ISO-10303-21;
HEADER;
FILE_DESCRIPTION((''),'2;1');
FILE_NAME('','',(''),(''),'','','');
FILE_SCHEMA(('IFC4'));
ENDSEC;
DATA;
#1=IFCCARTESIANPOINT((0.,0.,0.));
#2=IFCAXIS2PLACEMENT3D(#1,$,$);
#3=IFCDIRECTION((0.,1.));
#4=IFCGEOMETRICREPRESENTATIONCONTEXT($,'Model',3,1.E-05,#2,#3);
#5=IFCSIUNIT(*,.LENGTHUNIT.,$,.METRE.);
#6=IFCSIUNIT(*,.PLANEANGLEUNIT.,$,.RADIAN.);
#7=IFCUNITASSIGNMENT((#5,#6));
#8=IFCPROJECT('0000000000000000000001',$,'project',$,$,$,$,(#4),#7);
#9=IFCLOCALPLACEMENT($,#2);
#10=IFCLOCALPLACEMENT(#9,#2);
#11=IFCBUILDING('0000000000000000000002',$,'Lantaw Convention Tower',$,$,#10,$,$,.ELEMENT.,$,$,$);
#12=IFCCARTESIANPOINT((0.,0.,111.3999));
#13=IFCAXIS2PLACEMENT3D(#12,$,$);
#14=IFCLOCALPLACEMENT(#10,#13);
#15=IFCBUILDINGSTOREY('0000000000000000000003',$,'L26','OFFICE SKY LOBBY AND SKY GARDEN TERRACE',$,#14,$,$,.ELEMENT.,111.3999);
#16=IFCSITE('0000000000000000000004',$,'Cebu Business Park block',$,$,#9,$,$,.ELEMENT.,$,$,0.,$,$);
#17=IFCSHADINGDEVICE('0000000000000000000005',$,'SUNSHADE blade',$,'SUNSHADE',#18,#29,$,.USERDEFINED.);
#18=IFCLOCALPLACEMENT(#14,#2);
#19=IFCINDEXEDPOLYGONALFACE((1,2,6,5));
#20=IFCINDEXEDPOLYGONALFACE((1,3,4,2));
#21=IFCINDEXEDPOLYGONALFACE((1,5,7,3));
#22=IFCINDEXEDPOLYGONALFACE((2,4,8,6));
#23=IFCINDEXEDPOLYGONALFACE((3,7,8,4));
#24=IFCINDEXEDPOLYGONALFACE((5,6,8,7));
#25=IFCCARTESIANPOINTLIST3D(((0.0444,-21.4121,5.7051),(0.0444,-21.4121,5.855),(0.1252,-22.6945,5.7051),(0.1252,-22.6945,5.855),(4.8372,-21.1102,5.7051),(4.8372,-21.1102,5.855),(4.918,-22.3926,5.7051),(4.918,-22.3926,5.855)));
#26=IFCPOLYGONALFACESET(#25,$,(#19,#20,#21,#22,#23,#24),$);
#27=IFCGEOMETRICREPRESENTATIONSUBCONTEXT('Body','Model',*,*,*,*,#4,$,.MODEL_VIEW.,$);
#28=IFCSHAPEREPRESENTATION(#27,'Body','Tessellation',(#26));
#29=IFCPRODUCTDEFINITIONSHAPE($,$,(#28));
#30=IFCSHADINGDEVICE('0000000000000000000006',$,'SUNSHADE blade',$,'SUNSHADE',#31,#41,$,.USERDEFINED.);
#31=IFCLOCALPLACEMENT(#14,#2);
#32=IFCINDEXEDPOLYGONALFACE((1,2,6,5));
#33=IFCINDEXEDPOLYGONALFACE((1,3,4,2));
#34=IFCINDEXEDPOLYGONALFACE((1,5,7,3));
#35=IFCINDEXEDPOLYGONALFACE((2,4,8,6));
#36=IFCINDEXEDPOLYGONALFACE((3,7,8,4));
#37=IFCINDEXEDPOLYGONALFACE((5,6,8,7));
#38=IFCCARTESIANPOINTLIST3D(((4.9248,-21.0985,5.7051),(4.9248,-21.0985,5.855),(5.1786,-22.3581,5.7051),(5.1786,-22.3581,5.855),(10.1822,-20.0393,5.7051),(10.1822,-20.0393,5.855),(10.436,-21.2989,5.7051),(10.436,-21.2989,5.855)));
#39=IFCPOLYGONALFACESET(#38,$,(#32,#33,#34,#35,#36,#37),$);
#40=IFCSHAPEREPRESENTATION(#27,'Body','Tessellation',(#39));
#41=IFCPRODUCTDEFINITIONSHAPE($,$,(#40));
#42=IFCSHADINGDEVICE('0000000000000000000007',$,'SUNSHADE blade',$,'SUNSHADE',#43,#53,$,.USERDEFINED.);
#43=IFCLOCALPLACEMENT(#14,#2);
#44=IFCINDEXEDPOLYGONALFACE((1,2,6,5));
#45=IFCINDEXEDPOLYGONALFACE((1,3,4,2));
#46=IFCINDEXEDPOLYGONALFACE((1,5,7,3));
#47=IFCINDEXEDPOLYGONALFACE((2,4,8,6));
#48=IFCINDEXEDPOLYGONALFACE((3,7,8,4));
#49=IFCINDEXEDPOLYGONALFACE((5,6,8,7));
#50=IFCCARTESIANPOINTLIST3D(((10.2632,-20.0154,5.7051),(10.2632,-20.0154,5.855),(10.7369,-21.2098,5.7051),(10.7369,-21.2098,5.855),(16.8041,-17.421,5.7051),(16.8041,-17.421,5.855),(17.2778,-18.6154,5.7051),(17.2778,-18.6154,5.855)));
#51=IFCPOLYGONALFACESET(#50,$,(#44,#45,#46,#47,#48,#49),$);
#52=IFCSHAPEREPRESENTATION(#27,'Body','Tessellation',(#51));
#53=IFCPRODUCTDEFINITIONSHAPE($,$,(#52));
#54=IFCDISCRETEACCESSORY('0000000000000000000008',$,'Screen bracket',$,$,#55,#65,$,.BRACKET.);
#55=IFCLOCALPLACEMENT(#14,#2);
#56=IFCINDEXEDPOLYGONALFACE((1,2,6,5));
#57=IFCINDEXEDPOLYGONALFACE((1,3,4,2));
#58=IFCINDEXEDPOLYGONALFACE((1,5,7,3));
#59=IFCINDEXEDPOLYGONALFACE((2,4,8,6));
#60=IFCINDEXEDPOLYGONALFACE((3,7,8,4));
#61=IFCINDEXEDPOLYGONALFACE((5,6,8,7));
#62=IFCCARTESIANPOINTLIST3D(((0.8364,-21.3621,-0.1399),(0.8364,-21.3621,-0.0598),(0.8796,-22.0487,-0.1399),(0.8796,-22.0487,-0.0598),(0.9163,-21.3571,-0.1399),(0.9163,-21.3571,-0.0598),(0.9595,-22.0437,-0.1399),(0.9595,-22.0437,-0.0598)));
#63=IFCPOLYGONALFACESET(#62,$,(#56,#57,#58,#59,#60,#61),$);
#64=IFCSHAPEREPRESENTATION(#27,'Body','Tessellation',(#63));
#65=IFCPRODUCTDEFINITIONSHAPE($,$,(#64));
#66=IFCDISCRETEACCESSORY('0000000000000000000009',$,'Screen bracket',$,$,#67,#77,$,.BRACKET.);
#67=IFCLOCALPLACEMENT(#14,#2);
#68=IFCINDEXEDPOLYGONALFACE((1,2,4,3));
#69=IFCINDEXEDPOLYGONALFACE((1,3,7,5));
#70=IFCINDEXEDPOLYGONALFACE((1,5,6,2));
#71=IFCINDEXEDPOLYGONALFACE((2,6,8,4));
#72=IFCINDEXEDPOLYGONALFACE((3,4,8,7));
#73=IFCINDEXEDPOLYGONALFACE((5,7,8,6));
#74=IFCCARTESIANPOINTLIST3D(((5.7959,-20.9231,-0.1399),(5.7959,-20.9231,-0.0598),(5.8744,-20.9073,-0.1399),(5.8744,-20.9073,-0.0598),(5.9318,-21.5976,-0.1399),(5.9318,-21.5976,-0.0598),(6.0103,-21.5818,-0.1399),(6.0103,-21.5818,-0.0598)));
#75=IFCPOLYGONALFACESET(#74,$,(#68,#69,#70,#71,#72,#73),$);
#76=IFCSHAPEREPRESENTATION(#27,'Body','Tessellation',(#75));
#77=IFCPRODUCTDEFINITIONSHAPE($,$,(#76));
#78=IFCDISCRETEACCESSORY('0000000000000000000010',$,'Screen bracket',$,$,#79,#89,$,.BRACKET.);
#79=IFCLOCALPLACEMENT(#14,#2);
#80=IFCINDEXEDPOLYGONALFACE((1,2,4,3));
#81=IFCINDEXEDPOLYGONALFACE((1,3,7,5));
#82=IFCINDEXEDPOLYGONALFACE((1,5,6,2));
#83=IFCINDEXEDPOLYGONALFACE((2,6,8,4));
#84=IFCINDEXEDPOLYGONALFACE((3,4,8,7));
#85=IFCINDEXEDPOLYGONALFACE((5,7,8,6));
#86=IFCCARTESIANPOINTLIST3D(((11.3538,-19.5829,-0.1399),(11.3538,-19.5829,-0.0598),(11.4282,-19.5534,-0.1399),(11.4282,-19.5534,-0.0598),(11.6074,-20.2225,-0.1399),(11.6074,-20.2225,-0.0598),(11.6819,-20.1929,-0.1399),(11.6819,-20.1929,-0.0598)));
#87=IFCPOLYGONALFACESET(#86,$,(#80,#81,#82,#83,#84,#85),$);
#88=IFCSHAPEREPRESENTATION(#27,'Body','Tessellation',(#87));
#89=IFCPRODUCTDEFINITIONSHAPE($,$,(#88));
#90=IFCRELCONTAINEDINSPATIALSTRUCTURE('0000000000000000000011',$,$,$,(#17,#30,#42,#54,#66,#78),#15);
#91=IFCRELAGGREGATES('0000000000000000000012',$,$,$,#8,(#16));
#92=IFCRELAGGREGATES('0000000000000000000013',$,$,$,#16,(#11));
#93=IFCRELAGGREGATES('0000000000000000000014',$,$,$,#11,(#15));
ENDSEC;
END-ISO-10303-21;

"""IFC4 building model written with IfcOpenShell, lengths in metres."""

from ifc_helpers import new_model, si_unit, direction, frame, origin, origin_2d, place, context, subcontext, project, spatial, rectangle, extrude, element, save


model = new_model("IFC4")

# Units and contexts
model_context = context("Model", 3, precision=1e-05, world=origin(), true_north=direction((0.0, 1.0)))
body_context = subcontext(model_context, "Body", "Model", "MODEL_VIEW")
ifc_project = project(units=[si_unit("LENGTHUNIT", "METRE"), si_unit("PLANEANGLEUNIT", "RADIAN")], contexts=[model_context])

# Site, building, storey
site_placement = place(None, origin())
site = spatial("IfcSite", under=ifc_project, at=site_placement, Name="Cebu Business Park block", CompositionType="ELEMENT", RefElevation=0.0)
building_placement = place(site_placement, origin())
building = spatial("IfcBuilding", under=site, at=building_placement, Name="Lantaw Convention Tower", CompositionType="ELEMENT")
storey_placement = place(building_placement, frame((0.0, 0.0, 111.3999)))
storey = spatial("IfcBuildingStorey", under=building, at=storey_placement, Name="L26", Description="OFFICE SKY LOBBY AND SKY GARDEN TERRACE", CompositionType="ELEMENT", Elevation=111.3999)

# Shading devices
shading_device_1_placement = place(storey_placement, frame((2.4812, -21.9023, 5.7051), z_axis=(0.0, 0.0, 1.0), x_axis=(0.998022, 0.062865, 0.0)))
element("IfcShadingDevice", 1, at=shading_device_1_placement, inside=storey, Name="SUNSHADE blade", ObjectType="SUNSHADE", PredefinedType="USERDEFINED", context=body_context, shape_type="SweptSolid", body=[
    extrude(rectangle(XDim=4.8022, YDim=1.2849, at=origin_2d()), origin(), (0.0, 0.0, 1.0), 0.1499),
])
shading_device_2_placement = place(storey_placement, frame((7.6804, -21.1987, 5.7051), z_axis=(0.0, 0.0, 1.0), x_axis=(0.980302, 0.197507, 0.0)))
element("IfcShadingDevice", 2, at=shading_device_2_placement, inside=storey, Name="SUNSHADE blade", ObjectType="SUNSHADE", PredefinedType="USERDEFINED", context=body_context, shape_type="SweptSolid", body=[
    extrude(rectangle(XDim=5.363, YDim=1.2849, at=origin_2d()), origin(), (0.0, 0.0, 1.0), 0.1499),
])
shading_device_3_placement = place(storey_placement, frame((13.7705, -19.3154, 5.7051), z_axis=(0.0, 0.0, 1.0), x_axis=(0.929548, 0.368702, 0.0)))
element("IfcShadingDevice", 3, at=shading_device_3_placement, inside=storey, Name="SUNSHADE blade", ObjectType="SUNSHADE", PredefinedType="USERDEFINED", context=body_context, shape_type="SweptSolid", body=[
    extrude(rectangle(XDim=7.0366, YDim=1.2849, at=origin_2d()), origin(), (0.0, 0.0, 1.0), 0.1499),
])

# Discrete accessories
for number, where, z_axis, x_axis, name in (
    (4, (0.8979, -21.7029, -0.1399), (0.0, 0.0, 1.0), (0.998022, 0.062865, 0.0), "Screen bracket"),
    (5, (5.9031, -21.2524, -0.1399), (0.0, 0.0, 1.0), (0.980302, 0.197507, 0.0), "Screen bracket"),
    (6, (11.5178, -19.8879, -0.1399), (0.0, 0.0, 1.0), (0.929548, 0.368702, 0.0), "Screen bracket"),
):
    element("IfcDiscreteAccessory", number, at=place(storey_placement, frame(where, z_axis=z_axis, x_axis=x_axis)), inside=storey, Name=name, PredefinedType="BRACKET", context=body_context, shape_type="SweptSolid", body=[
        extrude(rectangle(XDim=0.0801, YDim=0.688, at=origin_2d()), origin(), (0.0, 0.0, 1.0), 0.0801),
    ])

save(model, "model.ifc")
